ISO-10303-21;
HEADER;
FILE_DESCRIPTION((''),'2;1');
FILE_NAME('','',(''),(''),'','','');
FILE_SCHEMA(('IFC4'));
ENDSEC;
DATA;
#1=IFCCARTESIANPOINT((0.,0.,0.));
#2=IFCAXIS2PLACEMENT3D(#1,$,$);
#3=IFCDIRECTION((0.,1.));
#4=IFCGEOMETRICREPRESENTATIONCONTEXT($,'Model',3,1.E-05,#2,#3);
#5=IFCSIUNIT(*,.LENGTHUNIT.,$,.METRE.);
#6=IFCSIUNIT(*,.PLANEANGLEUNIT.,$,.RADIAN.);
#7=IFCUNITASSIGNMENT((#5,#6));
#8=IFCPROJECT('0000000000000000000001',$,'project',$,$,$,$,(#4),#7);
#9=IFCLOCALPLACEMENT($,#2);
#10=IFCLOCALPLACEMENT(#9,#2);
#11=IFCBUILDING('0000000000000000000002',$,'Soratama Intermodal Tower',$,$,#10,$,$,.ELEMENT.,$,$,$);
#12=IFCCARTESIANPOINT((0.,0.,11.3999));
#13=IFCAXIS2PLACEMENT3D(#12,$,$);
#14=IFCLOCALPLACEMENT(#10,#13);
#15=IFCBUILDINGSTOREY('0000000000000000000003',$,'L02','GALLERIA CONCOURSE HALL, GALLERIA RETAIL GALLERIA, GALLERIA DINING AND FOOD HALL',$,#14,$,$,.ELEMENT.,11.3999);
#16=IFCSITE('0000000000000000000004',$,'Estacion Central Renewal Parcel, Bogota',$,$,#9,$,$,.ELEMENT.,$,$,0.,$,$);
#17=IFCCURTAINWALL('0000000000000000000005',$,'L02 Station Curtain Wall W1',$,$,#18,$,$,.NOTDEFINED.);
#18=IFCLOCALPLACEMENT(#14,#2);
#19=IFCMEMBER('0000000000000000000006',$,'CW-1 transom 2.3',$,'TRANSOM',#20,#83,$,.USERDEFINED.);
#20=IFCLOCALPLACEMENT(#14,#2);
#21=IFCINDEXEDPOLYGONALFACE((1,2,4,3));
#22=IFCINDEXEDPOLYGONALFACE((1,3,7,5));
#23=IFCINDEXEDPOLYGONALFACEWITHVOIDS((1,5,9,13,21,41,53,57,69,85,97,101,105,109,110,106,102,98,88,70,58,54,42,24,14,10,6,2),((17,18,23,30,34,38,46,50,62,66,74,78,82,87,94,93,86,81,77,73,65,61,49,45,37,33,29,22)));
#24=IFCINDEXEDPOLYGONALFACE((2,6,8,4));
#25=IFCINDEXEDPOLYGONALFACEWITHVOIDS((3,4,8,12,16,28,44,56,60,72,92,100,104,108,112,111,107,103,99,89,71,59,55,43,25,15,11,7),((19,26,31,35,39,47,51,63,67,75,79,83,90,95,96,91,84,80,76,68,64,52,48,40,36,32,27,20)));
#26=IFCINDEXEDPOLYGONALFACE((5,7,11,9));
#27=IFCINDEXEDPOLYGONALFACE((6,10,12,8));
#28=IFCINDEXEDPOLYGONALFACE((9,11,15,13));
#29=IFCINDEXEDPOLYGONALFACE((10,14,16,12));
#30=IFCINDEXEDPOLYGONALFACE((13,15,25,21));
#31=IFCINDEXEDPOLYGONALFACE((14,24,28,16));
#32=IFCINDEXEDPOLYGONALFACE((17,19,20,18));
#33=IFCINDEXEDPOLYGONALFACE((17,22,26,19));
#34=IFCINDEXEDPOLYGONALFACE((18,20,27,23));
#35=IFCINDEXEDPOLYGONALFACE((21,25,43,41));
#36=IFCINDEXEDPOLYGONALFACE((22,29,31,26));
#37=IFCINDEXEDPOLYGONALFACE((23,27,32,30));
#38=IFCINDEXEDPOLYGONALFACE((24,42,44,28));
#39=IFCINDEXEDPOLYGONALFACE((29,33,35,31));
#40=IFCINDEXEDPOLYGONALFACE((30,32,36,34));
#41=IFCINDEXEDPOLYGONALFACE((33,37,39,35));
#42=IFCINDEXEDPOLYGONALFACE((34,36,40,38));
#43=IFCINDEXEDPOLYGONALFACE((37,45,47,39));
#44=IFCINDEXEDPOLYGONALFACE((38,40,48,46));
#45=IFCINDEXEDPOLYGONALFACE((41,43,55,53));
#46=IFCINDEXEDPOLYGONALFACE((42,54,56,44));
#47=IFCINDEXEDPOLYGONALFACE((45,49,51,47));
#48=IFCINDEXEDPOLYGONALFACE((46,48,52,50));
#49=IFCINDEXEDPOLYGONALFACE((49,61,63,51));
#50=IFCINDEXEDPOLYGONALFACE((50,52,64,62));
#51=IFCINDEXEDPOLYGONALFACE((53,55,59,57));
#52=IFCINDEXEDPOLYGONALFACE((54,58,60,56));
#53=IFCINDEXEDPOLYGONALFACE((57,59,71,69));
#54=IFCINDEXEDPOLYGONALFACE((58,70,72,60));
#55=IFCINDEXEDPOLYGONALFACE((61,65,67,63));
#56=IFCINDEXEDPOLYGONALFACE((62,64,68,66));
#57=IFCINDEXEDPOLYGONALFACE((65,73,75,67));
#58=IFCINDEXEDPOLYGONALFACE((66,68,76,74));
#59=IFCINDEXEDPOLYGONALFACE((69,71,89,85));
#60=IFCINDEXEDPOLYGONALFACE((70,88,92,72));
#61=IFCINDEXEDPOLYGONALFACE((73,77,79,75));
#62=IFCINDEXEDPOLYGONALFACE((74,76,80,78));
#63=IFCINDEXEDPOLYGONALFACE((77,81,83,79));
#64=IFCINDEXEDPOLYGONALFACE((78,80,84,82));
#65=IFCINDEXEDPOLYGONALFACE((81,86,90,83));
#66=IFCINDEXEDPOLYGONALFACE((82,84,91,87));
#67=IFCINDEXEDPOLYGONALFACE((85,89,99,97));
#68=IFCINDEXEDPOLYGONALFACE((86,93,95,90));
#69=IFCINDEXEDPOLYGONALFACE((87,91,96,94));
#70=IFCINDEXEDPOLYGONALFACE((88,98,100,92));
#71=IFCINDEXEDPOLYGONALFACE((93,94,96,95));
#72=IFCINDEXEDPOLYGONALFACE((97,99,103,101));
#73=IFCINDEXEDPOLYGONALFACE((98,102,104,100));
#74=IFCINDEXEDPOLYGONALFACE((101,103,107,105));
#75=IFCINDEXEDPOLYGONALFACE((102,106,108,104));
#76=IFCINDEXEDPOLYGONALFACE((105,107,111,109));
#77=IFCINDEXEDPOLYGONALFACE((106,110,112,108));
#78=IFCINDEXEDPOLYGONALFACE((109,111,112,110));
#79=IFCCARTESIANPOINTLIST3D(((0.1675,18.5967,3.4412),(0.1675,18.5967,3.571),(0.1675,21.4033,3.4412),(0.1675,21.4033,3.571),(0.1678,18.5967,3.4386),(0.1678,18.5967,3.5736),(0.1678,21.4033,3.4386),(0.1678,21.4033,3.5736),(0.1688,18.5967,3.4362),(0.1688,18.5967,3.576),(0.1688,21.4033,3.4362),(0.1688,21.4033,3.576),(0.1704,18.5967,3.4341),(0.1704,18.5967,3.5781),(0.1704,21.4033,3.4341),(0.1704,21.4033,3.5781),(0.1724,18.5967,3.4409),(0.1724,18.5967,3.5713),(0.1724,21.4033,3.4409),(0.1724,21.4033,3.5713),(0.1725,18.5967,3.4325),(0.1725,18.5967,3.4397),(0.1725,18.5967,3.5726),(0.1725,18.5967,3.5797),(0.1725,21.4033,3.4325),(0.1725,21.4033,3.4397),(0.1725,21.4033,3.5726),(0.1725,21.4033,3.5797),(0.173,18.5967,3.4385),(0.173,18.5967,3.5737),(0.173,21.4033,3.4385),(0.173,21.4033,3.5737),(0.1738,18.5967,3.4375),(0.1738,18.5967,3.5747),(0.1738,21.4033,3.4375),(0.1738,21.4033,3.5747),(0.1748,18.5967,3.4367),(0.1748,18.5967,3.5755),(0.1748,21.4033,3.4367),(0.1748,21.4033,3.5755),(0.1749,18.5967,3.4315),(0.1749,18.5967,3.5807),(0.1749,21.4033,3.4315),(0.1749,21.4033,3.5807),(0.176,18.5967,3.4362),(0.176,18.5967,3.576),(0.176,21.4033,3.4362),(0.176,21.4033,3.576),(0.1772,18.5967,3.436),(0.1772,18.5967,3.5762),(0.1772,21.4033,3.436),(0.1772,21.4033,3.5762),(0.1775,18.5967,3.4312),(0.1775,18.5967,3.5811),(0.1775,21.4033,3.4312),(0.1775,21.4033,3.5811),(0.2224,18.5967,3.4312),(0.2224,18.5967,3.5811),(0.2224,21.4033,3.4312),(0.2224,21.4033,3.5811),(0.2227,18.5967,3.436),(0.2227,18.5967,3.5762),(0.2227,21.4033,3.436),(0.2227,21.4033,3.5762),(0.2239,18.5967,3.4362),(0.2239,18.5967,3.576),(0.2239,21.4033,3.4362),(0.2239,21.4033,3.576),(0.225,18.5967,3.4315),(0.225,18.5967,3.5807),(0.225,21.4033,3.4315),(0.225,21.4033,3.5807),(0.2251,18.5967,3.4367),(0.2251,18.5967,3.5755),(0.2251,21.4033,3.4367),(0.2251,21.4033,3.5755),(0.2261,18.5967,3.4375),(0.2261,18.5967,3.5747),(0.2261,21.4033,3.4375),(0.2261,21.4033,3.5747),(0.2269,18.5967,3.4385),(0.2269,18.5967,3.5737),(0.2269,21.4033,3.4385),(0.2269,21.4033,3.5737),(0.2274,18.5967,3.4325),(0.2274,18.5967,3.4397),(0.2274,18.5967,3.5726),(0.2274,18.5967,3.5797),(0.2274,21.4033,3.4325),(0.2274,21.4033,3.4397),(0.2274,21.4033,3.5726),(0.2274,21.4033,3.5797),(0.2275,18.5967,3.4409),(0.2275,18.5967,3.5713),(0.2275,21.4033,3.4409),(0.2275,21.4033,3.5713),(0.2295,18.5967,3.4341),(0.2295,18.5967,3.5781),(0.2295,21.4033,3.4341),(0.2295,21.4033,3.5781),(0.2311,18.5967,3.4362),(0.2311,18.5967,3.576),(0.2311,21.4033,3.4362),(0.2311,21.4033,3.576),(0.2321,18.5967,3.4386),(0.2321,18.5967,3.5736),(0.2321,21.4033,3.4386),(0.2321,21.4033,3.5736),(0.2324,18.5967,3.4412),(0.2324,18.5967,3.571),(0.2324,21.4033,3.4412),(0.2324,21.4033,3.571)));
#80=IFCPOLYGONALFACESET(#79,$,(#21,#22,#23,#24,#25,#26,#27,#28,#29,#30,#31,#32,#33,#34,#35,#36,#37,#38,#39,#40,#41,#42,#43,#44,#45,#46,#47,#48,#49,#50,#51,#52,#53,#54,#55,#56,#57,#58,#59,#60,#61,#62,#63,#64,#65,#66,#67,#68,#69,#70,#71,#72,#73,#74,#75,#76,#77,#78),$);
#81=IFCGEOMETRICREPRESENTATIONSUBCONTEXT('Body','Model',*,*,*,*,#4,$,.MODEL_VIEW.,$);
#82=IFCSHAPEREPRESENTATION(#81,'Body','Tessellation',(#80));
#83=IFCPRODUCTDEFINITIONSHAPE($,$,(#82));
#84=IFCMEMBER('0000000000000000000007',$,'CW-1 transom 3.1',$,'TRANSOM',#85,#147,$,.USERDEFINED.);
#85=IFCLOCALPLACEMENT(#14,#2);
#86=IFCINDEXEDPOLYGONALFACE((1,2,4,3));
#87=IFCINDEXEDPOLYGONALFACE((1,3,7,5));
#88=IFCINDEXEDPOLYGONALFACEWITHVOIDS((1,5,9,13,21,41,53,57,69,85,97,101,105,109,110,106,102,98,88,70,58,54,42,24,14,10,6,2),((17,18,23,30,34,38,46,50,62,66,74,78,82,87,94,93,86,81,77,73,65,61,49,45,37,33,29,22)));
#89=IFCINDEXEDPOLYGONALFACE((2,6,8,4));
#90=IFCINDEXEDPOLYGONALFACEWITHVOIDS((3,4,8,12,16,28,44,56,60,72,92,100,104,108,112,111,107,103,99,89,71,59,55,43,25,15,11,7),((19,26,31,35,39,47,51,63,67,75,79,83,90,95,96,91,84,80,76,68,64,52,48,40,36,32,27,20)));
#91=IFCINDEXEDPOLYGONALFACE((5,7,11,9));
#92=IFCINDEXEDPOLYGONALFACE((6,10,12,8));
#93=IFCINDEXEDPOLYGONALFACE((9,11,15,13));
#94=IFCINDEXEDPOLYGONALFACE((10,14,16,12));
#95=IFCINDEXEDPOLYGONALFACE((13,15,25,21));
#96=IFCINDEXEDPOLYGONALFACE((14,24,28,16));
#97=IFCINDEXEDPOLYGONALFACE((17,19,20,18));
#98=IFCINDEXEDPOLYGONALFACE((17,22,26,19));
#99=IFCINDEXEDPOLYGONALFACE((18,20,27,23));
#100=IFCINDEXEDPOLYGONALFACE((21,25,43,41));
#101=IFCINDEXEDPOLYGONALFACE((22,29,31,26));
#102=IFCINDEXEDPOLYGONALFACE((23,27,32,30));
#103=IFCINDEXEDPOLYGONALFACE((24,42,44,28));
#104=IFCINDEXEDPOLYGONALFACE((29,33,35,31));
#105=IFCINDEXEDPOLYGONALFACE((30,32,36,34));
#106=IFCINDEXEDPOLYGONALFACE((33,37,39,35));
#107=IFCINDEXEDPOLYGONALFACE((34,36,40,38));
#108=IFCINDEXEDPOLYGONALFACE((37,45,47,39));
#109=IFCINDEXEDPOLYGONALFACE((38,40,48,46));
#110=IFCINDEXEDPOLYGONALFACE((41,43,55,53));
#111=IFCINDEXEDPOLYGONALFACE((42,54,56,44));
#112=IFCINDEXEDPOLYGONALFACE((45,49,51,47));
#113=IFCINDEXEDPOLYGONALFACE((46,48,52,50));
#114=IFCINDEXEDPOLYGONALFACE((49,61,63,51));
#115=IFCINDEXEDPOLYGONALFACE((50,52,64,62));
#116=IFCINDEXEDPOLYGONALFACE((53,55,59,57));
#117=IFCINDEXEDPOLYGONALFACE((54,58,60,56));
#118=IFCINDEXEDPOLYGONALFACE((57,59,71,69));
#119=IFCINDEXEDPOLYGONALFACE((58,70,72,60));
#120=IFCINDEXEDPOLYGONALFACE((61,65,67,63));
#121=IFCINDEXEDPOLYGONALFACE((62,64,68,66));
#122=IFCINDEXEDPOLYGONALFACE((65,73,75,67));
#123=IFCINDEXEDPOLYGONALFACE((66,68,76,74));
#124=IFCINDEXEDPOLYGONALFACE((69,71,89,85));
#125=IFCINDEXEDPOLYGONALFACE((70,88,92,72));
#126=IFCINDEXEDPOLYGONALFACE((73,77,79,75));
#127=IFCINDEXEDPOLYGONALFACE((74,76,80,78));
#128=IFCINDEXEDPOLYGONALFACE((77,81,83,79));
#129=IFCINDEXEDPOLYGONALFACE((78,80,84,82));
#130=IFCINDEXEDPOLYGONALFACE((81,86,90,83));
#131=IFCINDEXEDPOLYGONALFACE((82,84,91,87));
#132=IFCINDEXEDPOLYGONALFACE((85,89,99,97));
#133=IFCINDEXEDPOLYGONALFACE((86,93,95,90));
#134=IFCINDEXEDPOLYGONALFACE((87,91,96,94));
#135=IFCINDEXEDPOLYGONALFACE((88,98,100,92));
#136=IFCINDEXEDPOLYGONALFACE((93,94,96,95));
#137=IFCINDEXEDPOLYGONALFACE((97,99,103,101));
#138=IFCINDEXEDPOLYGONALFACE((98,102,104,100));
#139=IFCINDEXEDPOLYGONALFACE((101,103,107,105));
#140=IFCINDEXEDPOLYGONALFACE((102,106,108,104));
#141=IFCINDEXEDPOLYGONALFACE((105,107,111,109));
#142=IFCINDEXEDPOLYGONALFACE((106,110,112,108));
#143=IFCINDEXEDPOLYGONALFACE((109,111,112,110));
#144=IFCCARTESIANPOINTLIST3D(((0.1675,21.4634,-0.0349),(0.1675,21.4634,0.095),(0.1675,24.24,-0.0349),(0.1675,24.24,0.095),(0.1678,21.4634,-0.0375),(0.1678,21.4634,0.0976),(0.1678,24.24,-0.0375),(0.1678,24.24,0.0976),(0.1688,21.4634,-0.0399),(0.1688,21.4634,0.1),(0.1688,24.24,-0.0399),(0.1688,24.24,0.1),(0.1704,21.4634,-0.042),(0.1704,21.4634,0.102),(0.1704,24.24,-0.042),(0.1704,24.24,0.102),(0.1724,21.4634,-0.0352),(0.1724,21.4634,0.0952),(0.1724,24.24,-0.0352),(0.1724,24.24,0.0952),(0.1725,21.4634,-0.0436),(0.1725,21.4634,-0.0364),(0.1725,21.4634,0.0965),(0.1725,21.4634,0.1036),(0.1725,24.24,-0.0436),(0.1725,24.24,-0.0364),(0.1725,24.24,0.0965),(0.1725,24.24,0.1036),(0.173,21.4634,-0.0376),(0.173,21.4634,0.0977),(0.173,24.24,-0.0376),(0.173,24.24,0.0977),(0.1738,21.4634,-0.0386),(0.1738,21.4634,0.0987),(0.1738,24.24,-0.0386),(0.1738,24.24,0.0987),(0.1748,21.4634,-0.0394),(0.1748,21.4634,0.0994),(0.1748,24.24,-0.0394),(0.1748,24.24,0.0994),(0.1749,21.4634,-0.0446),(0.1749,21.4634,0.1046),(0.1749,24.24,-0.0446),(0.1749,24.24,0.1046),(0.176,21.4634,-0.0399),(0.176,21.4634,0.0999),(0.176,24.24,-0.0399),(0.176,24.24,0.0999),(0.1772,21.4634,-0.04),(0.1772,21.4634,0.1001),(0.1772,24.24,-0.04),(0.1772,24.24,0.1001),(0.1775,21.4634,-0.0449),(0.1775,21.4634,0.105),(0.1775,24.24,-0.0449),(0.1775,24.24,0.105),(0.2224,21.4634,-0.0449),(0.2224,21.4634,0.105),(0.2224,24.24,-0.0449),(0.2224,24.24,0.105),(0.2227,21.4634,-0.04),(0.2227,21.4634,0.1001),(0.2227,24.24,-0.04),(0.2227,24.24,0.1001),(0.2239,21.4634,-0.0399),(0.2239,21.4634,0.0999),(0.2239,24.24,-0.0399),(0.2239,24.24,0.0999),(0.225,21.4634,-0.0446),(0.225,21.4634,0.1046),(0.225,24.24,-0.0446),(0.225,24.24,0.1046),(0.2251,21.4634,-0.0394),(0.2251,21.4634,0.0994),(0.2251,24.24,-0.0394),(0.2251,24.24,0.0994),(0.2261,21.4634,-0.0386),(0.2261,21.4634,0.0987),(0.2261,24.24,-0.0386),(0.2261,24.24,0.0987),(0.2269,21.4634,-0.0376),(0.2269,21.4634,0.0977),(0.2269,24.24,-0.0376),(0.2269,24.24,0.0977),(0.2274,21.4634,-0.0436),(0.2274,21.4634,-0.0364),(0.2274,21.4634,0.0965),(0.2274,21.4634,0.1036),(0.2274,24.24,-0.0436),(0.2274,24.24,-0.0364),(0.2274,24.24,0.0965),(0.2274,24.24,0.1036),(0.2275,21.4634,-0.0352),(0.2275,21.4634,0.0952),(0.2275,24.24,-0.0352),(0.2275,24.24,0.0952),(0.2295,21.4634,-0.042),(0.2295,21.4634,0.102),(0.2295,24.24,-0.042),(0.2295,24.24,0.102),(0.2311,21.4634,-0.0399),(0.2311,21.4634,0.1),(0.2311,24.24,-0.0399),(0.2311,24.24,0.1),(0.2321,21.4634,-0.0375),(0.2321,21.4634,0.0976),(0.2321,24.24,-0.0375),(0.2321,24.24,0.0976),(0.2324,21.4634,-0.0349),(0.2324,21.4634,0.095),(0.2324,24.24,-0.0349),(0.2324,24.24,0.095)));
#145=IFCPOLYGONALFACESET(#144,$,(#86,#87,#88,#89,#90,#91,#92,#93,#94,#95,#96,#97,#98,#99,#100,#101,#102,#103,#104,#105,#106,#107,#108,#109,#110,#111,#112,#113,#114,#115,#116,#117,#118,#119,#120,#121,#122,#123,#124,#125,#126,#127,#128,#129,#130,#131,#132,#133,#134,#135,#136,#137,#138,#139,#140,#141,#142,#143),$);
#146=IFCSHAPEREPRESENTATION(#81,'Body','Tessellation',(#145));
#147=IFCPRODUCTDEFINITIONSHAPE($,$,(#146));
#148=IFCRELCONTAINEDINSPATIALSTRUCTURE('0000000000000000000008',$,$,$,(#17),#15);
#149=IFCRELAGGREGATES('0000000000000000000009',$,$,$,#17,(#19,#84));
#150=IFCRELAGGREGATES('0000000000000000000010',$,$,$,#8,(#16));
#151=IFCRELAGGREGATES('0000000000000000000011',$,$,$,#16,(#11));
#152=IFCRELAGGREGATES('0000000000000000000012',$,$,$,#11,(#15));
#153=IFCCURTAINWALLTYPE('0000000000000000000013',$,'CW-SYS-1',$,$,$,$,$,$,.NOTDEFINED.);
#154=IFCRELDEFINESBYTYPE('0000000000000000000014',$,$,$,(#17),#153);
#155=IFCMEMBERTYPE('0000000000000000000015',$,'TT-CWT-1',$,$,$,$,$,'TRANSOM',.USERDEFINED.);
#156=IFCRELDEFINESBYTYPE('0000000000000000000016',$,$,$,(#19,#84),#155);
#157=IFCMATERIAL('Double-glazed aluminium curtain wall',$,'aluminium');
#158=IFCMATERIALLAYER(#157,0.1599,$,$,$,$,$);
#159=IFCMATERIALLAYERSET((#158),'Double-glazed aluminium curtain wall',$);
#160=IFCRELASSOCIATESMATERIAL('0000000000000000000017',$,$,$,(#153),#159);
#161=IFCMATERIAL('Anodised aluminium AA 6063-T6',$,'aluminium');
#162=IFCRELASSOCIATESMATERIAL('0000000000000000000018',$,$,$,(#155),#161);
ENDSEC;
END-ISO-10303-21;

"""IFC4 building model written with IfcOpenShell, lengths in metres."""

from ifc_helpers import new_model, si_unit, direction, frame, origin, origin_2d, place, context, subcontext, project, spatial, hollow_rectangle, extrude, material, layer, layer_set, material_profile, profile_set, type_object, element, aggregate, save


model = new_model("IFC4")

# Units and contexts
model_context = context("Model", 3, precision=1e-05, world=origin(), true_north=direction((0.0, 1.0)))
body_context = subcontext(model_context, "Body", "Model", "MODEL_VIEW")
ifc_project = project(units=[si_unit("LENGTHUNIT", "METRE"), si_unit("PLANEANGLEUNIT", "RADIAN")], contexts=[model_context])

# Site, building, storey
site_placement = place(None, origin())
site = spatial("IfcSite", under=ifc_project, at=site_placement, Name="Estacion Central Renewal Parcel, Bogota", CompositionType="ELEMENT", RefElevation=0.0)
building_placement = place(site_placement, origin())
building = spatial("IfcBuilding", under=site, at=building_placement, Name="Soratama Intermodal Tower", CompositionType="ELEMENT")
storey_placement = place(building_placement, frame((0.0, 0.0, 11.3999)))
storey = spatial("IfcBuildingStorey", under=building, at=storey_placement, Name="L02", Description="GALLERIA CONCOURSE HALL, GALLERIA RETAIL GALLERIA, GALLERIA DINING AND FOOD HALL", CompositionType="ELEMENT", Elevation=11.3999)

# Curtain wall, members
ifc_material_1 = material(Name="Double-glazed aluminium curtain wall", Category="aluminium")
ifc_layer_1 = layer(ifc_material_1, 0.1599)
ifc_layer_set_1 = layer_set([ifc_layer_1], Name="Double-glazed aluminium curtain wall")
curtain_wall_type = type_object("IfcCurtainWallType", Name="CW-SYS-1", PredefinedType="NOTDEFINED", material=ifc_layer_set_1)
curtain_wall_placement = place(storey_placement, origin())
curtain_wall = element("IfcCurtainWall", 1, at=curtain_wall_placement, inside=storey, type_object=curtain_wall_type, Name="L02 Station Curtain Wall W1", PredefinedType="NOTDEFINED")
ifc_material_2 = material(Name="Anodised aluminium AA 6063-T6", Category="aluminium")
ifc_material_profile_1 = material_profile(ifc_material_2, hollow_rectangle(XDim=0.0649, YDim=0.1499, WallThickness=0.0049, InnerFilletRadius=0.0049, OuterFilletRadius=0.01, at=origin_2d()), Name="CWT150X65X5")
ifc_profile_set_1 = profile_set([ifc_material_profile_1], Name="Anodised aluminium AA 6063-T6")
member_type_1 = type_object("IfcMemberType", Name="TT-CWT-1", ElementType="TRANSOM", PredefinedType="USERDEFINED", material=ifc_profile_set_1)
member_1_placement = place(storey_placement, frame((0.2, 18.5967, 3.5061), z_axis=(0.0, 1.0, 0.0), x_axis=(-1.0, 0.0, 0.0)))
member_1 = element("IfcMember", 2, at=member_1_placement, type_object=member_type_1, Name="CW-1 transom 2.3", ObjectType="TRANSOM", PredefinedType="USERDEFINED", context=body_context, shape_type="SweptSolid", body=[
    extrude(hollow_rectangle(XDim=0.0649, YDim=0.1499, WallThickness=0.0049, InnerFilletRadius=0.0049, OuterFilletRadius=0.01, at=origin_2d()), origin(), (0.0, 0.0, 1.0), 2.8066),
])
member_2_placement = place(storey_placement, frame((0.2, 21.4634, 0.03), z_axis=(0.0, 1.0, 0.0), x_axis=(-1.0, 0.0, 0.0)))
member_2 = element("IfcMember", 3, at=member_2_placement, type_object=member_type_1, Name="CW-1 transom 3.1", ObjectType="TRANSOM", PredefinedType="USERDEFINED", context=body_context, shape_type="SweptSolid", body=[
    extrude(hollow_rectangle(XDim=0.0649, YDim=0.1499, WallThickness=0.0049, InnerFilletRadius=0.0049, OuterFilletRadius=0.01, at=origin_2d()), origin(), (0.0, 0.0, 1.0), 2.7766),
])
aggregate(curtain_wall, [member_1, member_2])

save(model, "model.ifc")
